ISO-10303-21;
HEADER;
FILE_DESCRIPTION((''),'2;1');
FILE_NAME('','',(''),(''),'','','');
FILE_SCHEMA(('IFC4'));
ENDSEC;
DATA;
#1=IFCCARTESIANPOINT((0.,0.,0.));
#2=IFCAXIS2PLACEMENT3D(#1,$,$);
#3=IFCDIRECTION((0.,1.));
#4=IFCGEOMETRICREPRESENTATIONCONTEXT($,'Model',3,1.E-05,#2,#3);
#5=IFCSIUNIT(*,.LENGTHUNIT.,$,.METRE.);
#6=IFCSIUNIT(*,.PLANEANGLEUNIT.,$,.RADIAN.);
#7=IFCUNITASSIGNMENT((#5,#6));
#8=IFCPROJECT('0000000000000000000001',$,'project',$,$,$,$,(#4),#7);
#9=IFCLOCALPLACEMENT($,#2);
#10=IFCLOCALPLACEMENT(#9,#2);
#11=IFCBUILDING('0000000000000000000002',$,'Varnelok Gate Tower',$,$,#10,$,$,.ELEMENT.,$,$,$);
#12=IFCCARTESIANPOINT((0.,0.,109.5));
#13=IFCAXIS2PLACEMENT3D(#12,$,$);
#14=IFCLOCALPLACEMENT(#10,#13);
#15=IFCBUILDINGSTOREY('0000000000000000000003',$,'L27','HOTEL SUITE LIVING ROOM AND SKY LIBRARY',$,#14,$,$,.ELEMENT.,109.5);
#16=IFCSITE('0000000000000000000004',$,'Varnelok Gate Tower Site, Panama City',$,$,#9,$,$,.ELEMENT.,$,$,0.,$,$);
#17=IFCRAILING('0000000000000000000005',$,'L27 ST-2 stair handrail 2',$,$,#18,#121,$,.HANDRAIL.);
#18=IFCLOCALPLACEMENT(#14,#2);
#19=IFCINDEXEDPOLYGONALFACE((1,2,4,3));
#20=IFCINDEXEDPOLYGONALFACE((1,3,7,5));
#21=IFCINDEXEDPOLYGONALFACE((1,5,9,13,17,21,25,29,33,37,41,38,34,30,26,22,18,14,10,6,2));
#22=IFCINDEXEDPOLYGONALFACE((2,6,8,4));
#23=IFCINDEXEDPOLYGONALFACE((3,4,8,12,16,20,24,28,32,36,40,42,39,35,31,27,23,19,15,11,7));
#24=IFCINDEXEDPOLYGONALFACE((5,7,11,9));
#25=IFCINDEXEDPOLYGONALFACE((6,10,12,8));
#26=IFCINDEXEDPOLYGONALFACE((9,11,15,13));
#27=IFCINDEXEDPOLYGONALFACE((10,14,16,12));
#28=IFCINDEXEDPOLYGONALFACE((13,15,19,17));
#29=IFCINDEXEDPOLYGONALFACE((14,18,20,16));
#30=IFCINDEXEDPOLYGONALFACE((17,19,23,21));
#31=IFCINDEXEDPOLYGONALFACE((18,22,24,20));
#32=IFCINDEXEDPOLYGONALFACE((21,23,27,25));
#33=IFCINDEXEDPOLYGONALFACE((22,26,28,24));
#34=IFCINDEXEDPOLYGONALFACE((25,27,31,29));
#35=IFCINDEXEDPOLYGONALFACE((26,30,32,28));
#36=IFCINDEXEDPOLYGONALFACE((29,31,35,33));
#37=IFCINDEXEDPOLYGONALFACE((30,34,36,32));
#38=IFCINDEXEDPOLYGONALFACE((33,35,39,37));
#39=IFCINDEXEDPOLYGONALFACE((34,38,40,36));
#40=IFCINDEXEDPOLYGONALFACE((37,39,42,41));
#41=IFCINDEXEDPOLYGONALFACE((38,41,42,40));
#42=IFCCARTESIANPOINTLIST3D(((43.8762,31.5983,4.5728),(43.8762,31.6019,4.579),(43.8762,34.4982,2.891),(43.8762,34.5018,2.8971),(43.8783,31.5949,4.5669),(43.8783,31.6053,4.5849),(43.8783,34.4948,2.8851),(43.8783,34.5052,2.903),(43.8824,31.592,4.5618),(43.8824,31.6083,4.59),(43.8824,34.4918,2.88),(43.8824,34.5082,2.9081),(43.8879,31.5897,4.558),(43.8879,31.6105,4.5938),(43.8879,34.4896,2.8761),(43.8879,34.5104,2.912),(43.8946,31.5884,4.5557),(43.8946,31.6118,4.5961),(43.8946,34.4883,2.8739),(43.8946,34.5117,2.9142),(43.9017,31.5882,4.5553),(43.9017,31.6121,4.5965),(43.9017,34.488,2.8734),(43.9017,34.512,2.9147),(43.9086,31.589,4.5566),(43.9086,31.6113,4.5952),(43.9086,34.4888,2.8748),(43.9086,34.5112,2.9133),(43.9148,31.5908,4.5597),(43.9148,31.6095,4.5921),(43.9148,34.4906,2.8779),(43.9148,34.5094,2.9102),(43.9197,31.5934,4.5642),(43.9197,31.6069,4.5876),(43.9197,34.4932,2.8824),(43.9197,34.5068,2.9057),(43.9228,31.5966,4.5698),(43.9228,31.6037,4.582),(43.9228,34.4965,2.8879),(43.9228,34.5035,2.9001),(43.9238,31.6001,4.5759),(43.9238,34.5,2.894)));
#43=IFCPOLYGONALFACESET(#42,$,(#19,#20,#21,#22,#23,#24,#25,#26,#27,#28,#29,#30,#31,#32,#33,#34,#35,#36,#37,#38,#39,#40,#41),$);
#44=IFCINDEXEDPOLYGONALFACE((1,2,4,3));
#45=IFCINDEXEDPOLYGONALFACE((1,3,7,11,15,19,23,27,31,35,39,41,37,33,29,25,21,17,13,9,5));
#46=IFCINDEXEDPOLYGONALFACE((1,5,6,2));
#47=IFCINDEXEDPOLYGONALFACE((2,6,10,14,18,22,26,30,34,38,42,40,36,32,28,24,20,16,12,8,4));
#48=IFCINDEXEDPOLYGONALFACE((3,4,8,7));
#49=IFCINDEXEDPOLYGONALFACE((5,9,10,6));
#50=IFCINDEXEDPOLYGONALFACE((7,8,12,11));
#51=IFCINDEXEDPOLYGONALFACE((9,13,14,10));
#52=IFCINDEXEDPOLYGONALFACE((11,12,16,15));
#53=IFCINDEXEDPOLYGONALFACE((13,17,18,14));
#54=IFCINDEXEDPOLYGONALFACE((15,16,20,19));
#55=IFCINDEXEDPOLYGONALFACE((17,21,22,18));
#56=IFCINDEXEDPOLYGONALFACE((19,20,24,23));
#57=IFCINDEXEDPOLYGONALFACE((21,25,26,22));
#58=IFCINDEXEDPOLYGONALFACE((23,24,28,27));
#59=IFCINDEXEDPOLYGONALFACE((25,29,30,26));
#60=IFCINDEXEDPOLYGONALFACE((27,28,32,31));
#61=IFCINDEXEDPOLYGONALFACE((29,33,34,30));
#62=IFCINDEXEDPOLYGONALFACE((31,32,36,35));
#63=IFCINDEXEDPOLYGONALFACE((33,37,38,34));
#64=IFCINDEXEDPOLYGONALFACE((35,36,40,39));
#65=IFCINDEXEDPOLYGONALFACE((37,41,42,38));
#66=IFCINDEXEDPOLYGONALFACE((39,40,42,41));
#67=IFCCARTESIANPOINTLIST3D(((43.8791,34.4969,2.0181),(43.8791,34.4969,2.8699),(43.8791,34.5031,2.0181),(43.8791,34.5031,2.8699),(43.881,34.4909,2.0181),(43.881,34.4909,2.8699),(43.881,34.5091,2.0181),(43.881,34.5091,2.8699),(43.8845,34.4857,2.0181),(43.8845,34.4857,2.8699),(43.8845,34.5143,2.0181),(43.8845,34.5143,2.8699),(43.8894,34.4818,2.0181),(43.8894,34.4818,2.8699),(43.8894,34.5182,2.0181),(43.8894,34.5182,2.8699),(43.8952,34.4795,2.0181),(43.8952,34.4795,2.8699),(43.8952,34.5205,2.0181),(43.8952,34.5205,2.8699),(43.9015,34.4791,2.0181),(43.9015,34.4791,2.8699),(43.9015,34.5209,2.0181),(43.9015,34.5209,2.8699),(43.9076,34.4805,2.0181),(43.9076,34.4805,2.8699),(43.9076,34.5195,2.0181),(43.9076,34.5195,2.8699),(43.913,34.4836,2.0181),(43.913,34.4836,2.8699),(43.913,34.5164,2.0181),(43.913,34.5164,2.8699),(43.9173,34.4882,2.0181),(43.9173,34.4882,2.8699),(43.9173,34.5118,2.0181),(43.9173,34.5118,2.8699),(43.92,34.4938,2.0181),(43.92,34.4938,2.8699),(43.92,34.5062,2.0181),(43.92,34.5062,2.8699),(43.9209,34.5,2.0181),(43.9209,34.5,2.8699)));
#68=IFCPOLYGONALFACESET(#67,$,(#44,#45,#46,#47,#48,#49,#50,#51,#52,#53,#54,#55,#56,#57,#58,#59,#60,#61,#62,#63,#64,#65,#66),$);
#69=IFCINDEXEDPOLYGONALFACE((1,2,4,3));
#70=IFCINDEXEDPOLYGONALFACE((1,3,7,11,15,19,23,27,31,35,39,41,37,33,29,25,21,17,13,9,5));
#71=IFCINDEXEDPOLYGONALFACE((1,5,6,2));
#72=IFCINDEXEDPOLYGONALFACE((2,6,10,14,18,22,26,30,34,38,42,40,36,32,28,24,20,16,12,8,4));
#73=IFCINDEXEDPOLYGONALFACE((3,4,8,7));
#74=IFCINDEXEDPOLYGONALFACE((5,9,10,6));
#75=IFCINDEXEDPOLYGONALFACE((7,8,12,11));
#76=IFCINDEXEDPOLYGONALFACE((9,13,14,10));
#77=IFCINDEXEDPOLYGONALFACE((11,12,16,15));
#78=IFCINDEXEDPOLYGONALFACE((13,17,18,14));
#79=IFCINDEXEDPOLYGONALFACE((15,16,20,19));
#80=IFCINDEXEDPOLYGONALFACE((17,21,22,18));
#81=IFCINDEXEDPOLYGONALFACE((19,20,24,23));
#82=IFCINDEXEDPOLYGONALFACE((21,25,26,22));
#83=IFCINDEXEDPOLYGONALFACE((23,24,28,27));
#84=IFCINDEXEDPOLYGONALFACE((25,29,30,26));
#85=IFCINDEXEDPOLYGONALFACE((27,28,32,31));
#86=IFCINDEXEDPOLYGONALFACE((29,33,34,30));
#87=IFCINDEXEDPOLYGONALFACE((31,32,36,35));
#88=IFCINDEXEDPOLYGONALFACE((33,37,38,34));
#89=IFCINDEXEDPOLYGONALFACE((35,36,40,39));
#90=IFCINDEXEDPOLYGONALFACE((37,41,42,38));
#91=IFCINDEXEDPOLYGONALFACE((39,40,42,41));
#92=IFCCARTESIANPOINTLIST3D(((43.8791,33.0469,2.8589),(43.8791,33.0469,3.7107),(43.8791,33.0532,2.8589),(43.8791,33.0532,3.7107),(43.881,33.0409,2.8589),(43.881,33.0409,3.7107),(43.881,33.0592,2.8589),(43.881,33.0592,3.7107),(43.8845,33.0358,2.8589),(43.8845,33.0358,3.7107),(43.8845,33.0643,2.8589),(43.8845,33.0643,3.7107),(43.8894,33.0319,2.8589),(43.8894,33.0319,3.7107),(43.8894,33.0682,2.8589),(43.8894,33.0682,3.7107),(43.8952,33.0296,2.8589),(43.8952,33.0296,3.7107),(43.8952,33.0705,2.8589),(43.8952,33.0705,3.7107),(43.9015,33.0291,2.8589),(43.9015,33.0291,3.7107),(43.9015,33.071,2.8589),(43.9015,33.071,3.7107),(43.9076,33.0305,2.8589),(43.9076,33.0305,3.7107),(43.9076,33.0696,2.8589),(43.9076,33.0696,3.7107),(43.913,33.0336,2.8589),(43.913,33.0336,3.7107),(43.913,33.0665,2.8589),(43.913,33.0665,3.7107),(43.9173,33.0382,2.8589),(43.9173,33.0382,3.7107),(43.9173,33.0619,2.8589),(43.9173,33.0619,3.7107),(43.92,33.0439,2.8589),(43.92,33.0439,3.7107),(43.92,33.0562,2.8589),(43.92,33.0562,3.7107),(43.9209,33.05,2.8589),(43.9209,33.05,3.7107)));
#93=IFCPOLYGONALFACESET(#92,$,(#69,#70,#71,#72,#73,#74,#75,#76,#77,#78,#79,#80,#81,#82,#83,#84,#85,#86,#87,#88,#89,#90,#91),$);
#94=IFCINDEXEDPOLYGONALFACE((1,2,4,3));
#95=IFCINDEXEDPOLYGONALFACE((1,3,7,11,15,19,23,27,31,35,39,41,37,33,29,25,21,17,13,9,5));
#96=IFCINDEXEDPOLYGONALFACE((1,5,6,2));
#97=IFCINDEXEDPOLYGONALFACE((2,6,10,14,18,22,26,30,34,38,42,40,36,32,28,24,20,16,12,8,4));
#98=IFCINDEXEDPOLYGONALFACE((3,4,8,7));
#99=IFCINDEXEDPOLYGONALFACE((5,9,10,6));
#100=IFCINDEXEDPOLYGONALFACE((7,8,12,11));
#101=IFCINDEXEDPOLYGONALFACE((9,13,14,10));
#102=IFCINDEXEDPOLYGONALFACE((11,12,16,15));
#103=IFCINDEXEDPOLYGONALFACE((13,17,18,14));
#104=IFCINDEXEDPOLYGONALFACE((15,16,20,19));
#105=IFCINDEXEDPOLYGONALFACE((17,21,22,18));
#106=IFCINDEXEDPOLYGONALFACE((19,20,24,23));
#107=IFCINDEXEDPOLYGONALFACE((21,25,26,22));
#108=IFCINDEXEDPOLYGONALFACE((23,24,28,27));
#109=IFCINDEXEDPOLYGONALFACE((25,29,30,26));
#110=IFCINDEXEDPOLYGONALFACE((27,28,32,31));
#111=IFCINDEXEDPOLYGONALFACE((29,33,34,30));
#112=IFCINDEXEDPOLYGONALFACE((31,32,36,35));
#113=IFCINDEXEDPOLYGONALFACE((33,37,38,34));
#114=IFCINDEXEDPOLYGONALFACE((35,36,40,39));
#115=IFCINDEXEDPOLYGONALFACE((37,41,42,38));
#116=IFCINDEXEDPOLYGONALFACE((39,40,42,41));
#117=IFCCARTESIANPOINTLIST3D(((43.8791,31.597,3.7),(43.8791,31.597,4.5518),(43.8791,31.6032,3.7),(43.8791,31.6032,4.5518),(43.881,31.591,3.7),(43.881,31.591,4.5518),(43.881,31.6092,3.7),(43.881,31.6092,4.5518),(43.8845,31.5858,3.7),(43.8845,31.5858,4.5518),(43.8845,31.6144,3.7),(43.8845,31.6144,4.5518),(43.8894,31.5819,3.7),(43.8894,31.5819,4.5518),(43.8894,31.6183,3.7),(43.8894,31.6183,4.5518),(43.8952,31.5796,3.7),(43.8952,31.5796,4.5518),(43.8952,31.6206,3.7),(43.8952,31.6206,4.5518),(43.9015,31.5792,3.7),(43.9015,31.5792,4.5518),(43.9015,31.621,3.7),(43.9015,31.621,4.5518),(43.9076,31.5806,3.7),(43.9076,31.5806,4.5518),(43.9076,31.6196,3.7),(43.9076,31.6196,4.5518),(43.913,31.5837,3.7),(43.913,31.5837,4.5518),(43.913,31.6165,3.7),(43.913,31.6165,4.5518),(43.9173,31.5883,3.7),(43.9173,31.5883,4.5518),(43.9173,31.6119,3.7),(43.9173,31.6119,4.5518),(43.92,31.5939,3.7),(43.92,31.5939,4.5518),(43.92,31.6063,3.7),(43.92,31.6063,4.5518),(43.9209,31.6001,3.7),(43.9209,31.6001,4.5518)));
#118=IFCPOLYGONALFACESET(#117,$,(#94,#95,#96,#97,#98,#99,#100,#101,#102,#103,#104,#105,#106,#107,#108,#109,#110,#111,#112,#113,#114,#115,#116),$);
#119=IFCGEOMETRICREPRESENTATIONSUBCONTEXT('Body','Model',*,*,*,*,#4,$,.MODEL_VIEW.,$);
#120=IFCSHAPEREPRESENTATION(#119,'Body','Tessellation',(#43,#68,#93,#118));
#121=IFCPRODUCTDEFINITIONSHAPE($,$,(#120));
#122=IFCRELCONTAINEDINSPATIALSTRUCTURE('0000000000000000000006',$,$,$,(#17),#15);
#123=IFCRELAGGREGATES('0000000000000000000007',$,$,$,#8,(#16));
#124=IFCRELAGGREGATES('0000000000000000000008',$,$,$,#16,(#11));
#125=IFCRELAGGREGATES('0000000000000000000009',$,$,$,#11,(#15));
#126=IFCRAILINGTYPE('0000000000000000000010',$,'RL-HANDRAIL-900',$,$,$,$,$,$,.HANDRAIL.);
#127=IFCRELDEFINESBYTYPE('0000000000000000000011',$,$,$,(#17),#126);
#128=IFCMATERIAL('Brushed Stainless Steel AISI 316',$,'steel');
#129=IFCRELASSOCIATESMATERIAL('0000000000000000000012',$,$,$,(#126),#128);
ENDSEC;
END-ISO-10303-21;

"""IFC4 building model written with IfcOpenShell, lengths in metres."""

from ifc_helpers import new_model, si_unit, direction, frame, origin, origin_2d, place, context, subcontext, project, spatial, circle, extrude, material, type_object, element, save


model = new_model("IFC4")

# Units and contexts
model_context = context("Model", 3, precision=1e-05, world=origin(), true_north=direction((0.0, 1.0)))
body_context = subcontext(model_context, "Body", "Model", "MODEL_VIEW")
ifc_project = project(units=[si_unit("LENGTHUNIT", "METRE"), si_unit("PLANEANGLEUNIT", "RADIAN")], contexts=[model_context])

# Site, building, storey
site_placement = place(None, origin())
site = spatial("IfcSite", under=ifc_project, at=site_placement, Name="Varnelok Gate Tower Site, Panama City", CompositionType="ELEMENT", RefElevation=0.0)
building_placement = place(site_placement, origin())
building = spatial("IfcBuilding", under=site, at=building_placement, Name="Varnelok Gate Tower", CompositionType="ELEMENT")
storey_placement = place(building_placement, frame((0.0, 0.0, 109.5)))
storey = spatial("IfcBuildingStorey", under=building, at=storey_placement, Name="L27", Description="HOTEL SUITE LIVING ROOM AND SKY LIBRARY", CompositionType="ELEMENT", Elevation=109.5)

# Railing
ifc_material_1 = material(Name="Brushed Stainless Steel AISI 316", Category="steel")
railing_type_1 = type_object("IfcRailingType", Name="RL-HANDRAIL-900", PredefinedType="HANDRAIL", material=ifc_material_1)
railing_1_placement = place(storey_placement, frame((43.8999, 34.5, 2.0181)))
element("IfcRailing", 1, at=railing_1_placement, inside=storey, type_object=railing_type_1, Name="L27 ST-2 stair handrail 2", PredefinedType="HANDRAIL", context=body_context, shape_type="SweptSolid", body=[
    extrude(circle(Radius=0.0239, at=origin_2d()), frame((0.0, 0.0, 0.876), z_axis=(0.0, -0.865039, 0.501705), x_axis=(1.0, 0.0, 0.0)), (0.0, 0.0, 1.0), 3.3523),
    extrude(circle(Radius=0.021, at=origin_2d()), origin(), (0.0, 0.0, 1.0), 0.8518),
    extrude(circle(Radius=0.021, at=origin_2d()), frame((0.0, -1.45, 0.8408)), (0.0, 0.0, 1.0), 0.8518),
    extrude(circle(Radius=0.021, at=origin_2d()), frame((0.0, -2.8999, 1.6819)), (0.0, 0.0, 1.0), 0.8518),
])

save(model, "model.ifc")
